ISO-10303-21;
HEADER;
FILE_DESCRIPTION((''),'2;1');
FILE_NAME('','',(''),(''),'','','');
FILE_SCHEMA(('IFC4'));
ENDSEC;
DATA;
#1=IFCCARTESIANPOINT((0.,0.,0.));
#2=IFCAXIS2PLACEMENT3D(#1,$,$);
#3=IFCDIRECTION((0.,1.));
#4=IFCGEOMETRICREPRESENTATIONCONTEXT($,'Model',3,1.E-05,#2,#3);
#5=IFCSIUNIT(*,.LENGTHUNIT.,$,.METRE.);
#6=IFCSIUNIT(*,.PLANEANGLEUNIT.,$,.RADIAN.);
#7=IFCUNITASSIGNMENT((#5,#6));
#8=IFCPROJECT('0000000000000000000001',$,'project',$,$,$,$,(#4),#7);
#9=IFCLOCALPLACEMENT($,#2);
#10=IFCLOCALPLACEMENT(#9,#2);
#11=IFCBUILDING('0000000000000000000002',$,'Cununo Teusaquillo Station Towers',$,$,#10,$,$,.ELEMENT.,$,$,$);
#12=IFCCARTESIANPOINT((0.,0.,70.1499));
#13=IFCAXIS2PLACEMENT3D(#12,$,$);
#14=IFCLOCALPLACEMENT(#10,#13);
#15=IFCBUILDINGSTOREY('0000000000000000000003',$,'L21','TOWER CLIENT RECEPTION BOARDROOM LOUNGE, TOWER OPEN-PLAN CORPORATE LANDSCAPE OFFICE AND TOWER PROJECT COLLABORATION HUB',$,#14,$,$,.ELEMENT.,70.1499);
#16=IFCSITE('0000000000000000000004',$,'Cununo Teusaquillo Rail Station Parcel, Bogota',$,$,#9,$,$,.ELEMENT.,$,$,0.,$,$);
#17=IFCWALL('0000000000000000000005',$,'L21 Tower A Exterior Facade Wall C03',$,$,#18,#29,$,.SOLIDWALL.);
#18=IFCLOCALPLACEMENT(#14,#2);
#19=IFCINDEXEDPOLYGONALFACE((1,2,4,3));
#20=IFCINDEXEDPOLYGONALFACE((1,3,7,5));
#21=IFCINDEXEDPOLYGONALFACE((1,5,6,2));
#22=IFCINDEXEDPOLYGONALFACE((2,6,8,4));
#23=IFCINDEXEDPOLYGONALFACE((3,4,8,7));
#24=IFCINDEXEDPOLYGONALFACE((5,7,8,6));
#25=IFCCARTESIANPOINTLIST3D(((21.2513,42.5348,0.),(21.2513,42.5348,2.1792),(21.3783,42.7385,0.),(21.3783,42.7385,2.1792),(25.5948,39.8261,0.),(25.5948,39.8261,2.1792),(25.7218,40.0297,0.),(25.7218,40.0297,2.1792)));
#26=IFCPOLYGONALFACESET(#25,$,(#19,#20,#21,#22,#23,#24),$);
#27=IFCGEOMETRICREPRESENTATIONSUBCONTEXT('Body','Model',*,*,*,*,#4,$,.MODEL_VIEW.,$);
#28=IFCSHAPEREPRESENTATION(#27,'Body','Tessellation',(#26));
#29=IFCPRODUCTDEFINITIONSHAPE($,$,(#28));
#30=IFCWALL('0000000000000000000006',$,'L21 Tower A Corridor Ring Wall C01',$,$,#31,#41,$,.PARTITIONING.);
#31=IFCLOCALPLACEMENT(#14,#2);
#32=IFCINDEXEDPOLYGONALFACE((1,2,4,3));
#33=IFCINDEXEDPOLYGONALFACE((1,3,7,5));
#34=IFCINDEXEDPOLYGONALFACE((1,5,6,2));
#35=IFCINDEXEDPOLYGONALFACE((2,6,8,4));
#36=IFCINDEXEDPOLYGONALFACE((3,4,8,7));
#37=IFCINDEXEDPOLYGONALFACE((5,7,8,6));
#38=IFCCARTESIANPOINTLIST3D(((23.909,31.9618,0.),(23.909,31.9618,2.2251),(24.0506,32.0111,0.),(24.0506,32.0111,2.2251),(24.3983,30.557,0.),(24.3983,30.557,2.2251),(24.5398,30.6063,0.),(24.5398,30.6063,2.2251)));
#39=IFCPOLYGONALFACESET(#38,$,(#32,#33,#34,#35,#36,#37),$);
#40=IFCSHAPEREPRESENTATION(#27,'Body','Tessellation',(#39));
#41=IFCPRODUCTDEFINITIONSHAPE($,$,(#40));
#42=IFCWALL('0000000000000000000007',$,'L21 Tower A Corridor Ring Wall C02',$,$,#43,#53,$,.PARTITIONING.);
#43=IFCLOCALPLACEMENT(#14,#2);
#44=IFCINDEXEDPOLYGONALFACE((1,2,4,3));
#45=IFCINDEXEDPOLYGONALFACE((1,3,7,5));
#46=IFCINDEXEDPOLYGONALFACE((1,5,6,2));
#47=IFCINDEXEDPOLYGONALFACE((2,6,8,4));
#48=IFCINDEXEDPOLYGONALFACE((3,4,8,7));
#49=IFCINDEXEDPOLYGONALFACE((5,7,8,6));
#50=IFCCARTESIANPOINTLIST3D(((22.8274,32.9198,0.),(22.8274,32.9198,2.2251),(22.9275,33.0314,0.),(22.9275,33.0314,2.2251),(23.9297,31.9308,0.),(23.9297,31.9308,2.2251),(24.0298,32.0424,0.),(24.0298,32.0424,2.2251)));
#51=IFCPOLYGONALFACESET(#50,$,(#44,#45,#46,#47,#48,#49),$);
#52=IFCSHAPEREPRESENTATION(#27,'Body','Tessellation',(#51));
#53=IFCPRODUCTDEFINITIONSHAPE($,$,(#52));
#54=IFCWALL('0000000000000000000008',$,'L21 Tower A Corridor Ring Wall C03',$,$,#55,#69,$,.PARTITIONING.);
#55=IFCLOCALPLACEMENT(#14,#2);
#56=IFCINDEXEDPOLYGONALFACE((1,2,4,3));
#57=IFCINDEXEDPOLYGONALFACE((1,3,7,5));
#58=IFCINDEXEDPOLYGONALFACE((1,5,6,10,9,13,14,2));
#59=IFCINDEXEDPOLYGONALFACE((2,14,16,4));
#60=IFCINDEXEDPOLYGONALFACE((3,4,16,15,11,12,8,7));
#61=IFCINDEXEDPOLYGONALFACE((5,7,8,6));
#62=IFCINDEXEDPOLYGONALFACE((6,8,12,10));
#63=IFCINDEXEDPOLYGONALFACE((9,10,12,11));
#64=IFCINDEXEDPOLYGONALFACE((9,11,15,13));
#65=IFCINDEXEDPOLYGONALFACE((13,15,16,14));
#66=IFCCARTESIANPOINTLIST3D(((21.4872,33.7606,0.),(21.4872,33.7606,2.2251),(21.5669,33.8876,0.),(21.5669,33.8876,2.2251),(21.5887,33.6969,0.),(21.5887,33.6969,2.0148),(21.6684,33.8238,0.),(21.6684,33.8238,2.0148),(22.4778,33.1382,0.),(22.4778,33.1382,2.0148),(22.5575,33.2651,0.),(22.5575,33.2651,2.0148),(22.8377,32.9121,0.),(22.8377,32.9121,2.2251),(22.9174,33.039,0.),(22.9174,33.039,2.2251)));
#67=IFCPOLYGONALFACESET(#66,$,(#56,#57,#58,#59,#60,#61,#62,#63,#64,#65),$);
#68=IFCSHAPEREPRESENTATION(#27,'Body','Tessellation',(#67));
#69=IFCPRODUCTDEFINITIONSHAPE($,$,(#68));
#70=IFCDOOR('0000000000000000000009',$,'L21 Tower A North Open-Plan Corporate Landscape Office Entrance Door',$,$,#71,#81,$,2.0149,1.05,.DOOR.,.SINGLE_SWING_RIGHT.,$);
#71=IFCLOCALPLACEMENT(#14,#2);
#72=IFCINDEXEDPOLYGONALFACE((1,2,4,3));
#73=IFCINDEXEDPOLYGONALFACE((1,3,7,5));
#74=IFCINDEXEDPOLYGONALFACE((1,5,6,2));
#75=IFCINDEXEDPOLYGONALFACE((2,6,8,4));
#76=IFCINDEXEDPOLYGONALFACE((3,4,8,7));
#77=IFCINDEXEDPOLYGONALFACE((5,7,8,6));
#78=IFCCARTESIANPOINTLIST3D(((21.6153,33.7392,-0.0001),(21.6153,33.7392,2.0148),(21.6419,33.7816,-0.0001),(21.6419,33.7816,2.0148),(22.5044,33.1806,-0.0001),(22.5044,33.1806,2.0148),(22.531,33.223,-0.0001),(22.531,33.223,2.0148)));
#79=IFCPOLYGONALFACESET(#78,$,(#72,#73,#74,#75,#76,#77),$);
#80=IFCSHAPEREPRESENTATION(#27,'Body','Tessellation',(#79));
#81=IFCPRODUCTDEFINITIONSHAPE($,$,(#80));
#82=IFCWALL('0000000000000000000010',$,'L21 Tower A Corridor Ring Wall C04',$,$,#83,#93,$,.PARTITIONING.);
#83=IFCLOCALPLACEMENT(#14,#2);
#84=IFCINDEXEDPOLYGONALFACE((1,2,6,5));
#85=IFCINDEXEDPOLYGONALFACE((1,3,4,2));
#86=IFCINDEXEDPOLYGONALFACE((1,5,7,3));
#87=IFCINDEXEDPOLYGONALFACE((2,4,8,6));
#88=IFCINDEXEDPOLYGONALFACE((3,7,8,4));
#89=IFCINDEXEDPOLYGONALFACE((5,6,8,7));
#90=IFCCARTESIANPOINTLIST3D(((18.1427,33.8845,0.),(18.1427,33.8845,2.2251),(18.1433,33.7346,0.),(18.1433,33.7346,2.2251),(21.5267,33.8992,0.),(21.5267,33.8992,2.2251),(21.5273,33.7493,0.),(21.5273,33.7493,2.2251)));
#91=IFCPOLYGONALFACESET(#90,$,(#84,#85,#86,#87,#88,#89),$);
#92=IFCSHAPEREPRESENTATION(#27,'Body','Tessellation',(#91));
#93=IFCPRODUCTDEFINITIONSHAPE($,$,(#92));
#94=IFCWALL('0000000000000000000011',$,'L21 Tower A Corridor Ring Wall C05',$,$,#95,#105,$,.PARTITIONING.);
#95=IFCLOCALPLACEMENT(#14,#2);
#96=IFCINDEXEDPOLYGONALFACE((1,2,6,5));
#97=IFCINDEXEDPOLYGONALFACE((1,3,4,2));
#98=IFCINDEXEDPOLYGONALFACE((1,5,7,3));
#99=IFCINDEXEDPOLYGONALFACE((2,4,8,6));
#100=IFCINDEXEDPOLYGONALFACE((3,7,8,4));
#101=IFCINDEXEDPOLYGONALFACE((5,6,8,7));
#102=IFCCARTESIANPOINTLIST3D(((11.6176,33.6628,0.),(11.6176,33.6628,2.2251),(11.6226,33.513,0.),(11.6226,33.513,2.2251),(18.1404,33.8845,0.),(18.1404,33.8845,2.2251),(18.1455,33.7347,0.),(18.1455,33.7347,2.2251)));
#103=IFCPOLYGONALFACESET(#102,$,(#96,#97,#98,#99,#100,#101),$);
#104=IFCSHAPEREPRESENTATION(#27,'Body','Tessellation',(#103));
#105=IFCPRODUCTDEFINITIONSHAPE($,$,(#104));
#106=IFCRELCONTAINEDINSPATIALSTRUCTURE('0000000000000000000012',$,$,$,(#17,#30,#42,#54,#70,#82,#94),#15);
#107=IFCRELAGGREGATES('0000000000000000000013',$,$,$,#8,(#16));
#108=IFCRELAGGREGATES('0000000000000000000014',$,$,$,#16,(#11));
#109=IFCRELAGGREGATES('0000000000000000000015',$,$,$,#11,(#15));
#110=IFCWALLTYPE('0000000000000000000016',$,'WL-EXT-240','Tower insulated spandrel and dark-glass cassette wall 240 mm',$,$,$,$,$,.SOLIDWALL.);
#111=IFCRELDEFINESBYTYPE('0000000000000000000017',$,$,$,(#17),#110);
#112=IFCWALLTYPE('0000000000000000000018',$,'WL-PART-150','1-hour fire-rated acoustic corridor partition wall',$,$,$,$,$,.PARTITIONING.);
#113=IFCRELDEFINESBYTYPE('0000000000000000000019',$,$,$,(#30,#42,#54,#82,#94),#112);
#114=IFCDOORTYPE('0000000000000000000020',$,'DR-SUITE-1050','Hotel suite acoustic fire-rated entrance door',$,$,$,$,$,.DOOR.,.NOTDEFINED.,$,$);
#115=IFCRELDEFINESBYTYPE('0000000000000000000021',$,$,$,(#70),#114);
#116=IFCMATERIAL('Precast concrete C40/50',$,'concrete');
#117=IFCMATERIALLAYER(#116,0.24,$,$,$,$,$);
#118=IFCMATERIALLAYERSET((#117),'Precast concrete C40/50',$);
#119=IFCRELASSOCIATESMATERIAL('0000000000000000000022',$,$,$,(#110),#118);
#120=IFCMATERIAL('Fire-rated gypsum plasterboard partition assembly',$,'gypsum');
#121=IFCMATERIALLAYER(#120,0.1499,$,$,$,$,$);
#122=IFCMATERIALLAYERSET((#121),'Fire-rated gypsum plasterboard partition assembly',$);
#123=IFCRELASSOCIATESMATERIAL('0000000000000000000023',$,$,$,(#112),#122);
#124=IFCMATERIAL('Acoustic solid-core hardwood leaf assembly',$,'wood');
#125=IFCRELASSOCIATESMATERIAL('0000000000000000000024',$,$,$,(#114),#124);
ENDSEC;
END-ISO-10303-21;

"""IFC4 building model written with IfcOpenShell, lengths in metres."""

from ifc_helpers import new_model, si_unit, direction, frame, frame_2d, origin, place, context, subcontext, project, spatial, rectangle, extrude, source, transform, mapped, material, layer, layer_set, type_object, element, fill, save


model = new_model("IFC4")

# Units and contexts
model_context = context("Model", 3, precision=1e-05, world=origin(), true_north=direction((0.0, 1.0)))
body_context = subcontext(model_context, "Body", "Model", "MODEL_VIEW")
ifc_project = project(units=[si_unit("LENGTHUNIT", "METRE"), si_unit("PLANEANGLEUNIT", "RADIAN")], contexts=[model_context])

# Site, building, storey
site_placement = place(None, origin())
site = spatial("IfcSite", under=ifc_project, at=site_placement, Name="Cununo Teusaquillo Rail Station Parcel, Bogota", CompositionType="ELEMENT", RefElevation=0.0)
building_placement = place(site_placement, origin())
building = spatial("IfcBuilding", under=site, at=building_placement, Name="Cununo Teusaquillo Station Towers", CompositionType="ELEMENT")
storey_placement = place(building_placement, frame((0.0, 0.0, 70.1499)))
storey = spatial("IfcBuildingStorey", under=building, at=storey_placement, Name="L21", Description="TOWER CLIENT RECEPTION BOARDROOM LOUNGE, TOWER OPEN-PLAN CORPORATE LANDSCAPE OFFICE AND TOWER PROJECT COLLABORATION HUB", CompositionType="ELEMENT", Elevation=70.1499)

# Shared definitions
ifc_material_1 = material(Name="Precast concrete C40/50", Category="concrete")
ifc_layer_1 = layer(ifc_material_1, 0.24)
ifc_layer_set_1 = layer_set([ifc_layer_1], Name="Precast concrete C40/50")
wall_type_1 = type_object("IfcWallType", Name="WL-EXT-240", Description="Tower insulated spandrel and dark-glass cassette wall 240 mm", PredefinedType="SOLIDWALL", material=ifc_layer_set_1)

# Walls
wall_1_placement = place(storey_placement, frame((21.3147, 42.6367, 0.0), z_axis=(0.0, 0.0, 1.0), x_axis=(0.84852, -0.529163, 0.0)))
element("IfcWall", 1, at=wall_1_placement, inside=storey, type_object=wall_type_1, Name="L21 Tower A Exterior Facade Wall C03", PredefinedType="SOLIDWALL", context=body_context, shape_type="SweptSolid", body=[
    extrude(rectangle(XDim=5.1189, YDim=0.24, at=frame_2d((2.5596, 0.0))), origin(), (0.0, 0.0, 1.0), 2.1792),
])
ifc_material_2 = material(Name="Fire-rated gypsum plasterboard partition assembly", Category="gypsum")
ifc_layer_2 = layer(ifc_material_2, 0.1499)
ifc_layer_set_2 = layer_set([ifc_layer_2], Name="Fire-rated gypsum plasterboard partition assembly")
wall_type_2 = type_object("IfcWallType", Name="WL-PART-150", Description="1-hour fire-rated acoustic corridor partition wall", PredefinedType="PARTITIONING", material=ifc_layer_set_2)
wall_2_placement = place(storey_placement, frame((24.469, 30.5818, 0.0), z_axis=(0.0, 0.0, 1.0), x_axis=(-0.328903, 0.944364, 0.0)))
element("IfcWall", 2, at=wall_2_placement, inside=storey, type_object=wall_type_2, Name="L21 Tower A Corridor Ring Wall C01", PredefinedType="PARTITIONING", context=body_context, shape_type="SweptSolid", body=[
    extrude(rectangle(XDim=1.4875, YDim=0.1499, at=frame_2d((0.7437, 0.0))), origin(), (0.0, 0.0, 1.0), 2.2251),
])
wall_3_placement = place(storey_placement, frame((23.9797, 31.9866, 0.0), z_axis=(0.0, 0.0, 1.0), x_axis=(-0.744318, 0.667825, 0.0)))
element("IfcWall", 3, at=wall_3_placement, inside=storey, type_object=wall_type_2, Name="L21 Tower A Corridor Ring Wall C02", PredefinedType="PARTITIONING", context=body_context, shape_type="SweptSolid", body=[
    extrude(rectangle(XDim=1.481, YDim=0.1499, at=frame_2d((0.7405, 0.0))), origin(), (0.0, 0.0, 1.0), 2.2251),
])

# Wall, opening, door
wall_4_placement = place(storey_placement, frame((22.8774, 32.9756, 0.0), z_axis=(0.0, 0.0, 1.0), x_axis=(-0.846723, 0.532034, 0.0)))
wall_4 = element("IfcWall", 4, at=wall_4_placement, inside=storey, type_object=wall_type_2, Name="L21 Tower A Corridor Ring Wall C03", PredefinedType="PARTITIONING", context=body_context, shape_type="SweptSolid", body=[
    extrude(rectangle(XDim=1.595, YDim=0.1499, at=frame_2d((0.7974, 0.0))), origin(), (0.0, 0.0, 1.0), 2.2251),
])
shared_shape_1 = source(origin(), body_context, "Body", "SweptSolid", [
    extrude(rectangle(XDim=1.05, YDim=2.0149, at=frame_2d((0.5249, 1.0073))), frame((0.0, 0.085, 0.0), z_axis=(0.0, -1.0, 0.0), x_axis=(1.0, 0.0, 0.0)), (0.0, 0.0, 1.0), 0.1699),
])
opening_1_placement = place(wall_4_placement, frame((0.425, 0.0, 0.0)))
opening_1 = element("IfcOpeningElement", 5, at=opening_1_placement, cuts=wall_4, PredefinedType="OPENING", context=body_context, shape_type="MappedRepresentation", body=[
    mapped(shared_shape_1, transform((0.0, 0.0, 0.0), x_axis=(1.0, 0.0, 0.0), y_axis=(0.0, 1.0, 0.0), z_axis=(0.0, 0.0, 1.0), scale=1.0)),
])
ifc_material_3 = material(Name="Acoustic solid-core hardwood leaf assembly", Category="wood")
door_type = type_object("IfcDoorType", Name="DR-SUITE-1050", Description="Hotel suite acoustic fire-rated entrance door", OperationType="NOTDEFINED", PredefinedType="DOOR", material=ifc_material_3)
shared_shape_2 = source(origin(), body_context, "Body", "SweptSolid", [
    extrude(rectangle(XDim=1.05, YDim=2.0149, at=frame_2d((0.5249, 1.0073))), frame((0.0, 0.0249, 0.0), z_axis=(0.0, -1.0, 0.0), x_axis=(1.0, 0.0, 0.0)), (0.0, 0.0, 1.0), 0.05),
])
door_placement = place(opening_1_placement, origin())
door = element("IfcDoor", 6, at=door_placement, inside=storey, type_object=door_type, Name="L21 Tower A North Open-Plan Corporate Landscape Office Entrance Door", OperationType="SINGLE_SWING_RIGHT", OverallHeight=2.0149, OverallWidth=1.05, PredefinedType="DOOR", context=body_context, shape_type="MappedRepresentation", body=[
    mapped(shared_shape_2, transform((0.0, 0.0, 0.0), x_axis=(1.0, 0.0, 0.0), y_axis=(0.0, 1.0, 0.0), z_axis=(0.0, 0.0, 1.0), scale=1.0)),
])
fill(opening_1, door)

# Walls
wall_5_placement = place(storey_placement, frame((21.5269, 33.8242, 0.0), z_axis=(0.0, 0.0, 1.0), x_axis=(-0.999991, -0.004329, 0.0)))
element("IfcWall", 7, at=wall_5_placement, inside=storey, type_object=wall_type_2, Name="L21 Tower A Corridor Ring Wall C04", PredefinedType="PARTITIONING", context=body_context, shape_type="SweptSolid", body=[
    extrude(rectangle(XDim=3.384, YDim=0.1499, at=frame_2d((1.6919, 0.0))), origin(), (0.0, 0.0, 1.0), 2.2251),
])
wall_6_placement = place(storey_placement, frame((18.1428, 33.8096, 0.0), z_axis=(0.0, 0.0, 1.0), x_axis=(-0.999423, -0.033965, 0.0)))
element("IfcWall", 8, at=wall_6_placement, inside=storey, type_object=wall_type_2, Name="L21 Tower A Corridor Ring Wall C05", PredefinedType="PARTITIONING", context=body_context, shape_type="SweptSolid", body=[
    extrude(rectangle(XDim=6.5266, YDim=0.1499, at=frame_2d((3.2632, 0.0))), origin(), (0.0, 0.0, 1.0), 2.2251),
])

save(model, "model.ifc")
